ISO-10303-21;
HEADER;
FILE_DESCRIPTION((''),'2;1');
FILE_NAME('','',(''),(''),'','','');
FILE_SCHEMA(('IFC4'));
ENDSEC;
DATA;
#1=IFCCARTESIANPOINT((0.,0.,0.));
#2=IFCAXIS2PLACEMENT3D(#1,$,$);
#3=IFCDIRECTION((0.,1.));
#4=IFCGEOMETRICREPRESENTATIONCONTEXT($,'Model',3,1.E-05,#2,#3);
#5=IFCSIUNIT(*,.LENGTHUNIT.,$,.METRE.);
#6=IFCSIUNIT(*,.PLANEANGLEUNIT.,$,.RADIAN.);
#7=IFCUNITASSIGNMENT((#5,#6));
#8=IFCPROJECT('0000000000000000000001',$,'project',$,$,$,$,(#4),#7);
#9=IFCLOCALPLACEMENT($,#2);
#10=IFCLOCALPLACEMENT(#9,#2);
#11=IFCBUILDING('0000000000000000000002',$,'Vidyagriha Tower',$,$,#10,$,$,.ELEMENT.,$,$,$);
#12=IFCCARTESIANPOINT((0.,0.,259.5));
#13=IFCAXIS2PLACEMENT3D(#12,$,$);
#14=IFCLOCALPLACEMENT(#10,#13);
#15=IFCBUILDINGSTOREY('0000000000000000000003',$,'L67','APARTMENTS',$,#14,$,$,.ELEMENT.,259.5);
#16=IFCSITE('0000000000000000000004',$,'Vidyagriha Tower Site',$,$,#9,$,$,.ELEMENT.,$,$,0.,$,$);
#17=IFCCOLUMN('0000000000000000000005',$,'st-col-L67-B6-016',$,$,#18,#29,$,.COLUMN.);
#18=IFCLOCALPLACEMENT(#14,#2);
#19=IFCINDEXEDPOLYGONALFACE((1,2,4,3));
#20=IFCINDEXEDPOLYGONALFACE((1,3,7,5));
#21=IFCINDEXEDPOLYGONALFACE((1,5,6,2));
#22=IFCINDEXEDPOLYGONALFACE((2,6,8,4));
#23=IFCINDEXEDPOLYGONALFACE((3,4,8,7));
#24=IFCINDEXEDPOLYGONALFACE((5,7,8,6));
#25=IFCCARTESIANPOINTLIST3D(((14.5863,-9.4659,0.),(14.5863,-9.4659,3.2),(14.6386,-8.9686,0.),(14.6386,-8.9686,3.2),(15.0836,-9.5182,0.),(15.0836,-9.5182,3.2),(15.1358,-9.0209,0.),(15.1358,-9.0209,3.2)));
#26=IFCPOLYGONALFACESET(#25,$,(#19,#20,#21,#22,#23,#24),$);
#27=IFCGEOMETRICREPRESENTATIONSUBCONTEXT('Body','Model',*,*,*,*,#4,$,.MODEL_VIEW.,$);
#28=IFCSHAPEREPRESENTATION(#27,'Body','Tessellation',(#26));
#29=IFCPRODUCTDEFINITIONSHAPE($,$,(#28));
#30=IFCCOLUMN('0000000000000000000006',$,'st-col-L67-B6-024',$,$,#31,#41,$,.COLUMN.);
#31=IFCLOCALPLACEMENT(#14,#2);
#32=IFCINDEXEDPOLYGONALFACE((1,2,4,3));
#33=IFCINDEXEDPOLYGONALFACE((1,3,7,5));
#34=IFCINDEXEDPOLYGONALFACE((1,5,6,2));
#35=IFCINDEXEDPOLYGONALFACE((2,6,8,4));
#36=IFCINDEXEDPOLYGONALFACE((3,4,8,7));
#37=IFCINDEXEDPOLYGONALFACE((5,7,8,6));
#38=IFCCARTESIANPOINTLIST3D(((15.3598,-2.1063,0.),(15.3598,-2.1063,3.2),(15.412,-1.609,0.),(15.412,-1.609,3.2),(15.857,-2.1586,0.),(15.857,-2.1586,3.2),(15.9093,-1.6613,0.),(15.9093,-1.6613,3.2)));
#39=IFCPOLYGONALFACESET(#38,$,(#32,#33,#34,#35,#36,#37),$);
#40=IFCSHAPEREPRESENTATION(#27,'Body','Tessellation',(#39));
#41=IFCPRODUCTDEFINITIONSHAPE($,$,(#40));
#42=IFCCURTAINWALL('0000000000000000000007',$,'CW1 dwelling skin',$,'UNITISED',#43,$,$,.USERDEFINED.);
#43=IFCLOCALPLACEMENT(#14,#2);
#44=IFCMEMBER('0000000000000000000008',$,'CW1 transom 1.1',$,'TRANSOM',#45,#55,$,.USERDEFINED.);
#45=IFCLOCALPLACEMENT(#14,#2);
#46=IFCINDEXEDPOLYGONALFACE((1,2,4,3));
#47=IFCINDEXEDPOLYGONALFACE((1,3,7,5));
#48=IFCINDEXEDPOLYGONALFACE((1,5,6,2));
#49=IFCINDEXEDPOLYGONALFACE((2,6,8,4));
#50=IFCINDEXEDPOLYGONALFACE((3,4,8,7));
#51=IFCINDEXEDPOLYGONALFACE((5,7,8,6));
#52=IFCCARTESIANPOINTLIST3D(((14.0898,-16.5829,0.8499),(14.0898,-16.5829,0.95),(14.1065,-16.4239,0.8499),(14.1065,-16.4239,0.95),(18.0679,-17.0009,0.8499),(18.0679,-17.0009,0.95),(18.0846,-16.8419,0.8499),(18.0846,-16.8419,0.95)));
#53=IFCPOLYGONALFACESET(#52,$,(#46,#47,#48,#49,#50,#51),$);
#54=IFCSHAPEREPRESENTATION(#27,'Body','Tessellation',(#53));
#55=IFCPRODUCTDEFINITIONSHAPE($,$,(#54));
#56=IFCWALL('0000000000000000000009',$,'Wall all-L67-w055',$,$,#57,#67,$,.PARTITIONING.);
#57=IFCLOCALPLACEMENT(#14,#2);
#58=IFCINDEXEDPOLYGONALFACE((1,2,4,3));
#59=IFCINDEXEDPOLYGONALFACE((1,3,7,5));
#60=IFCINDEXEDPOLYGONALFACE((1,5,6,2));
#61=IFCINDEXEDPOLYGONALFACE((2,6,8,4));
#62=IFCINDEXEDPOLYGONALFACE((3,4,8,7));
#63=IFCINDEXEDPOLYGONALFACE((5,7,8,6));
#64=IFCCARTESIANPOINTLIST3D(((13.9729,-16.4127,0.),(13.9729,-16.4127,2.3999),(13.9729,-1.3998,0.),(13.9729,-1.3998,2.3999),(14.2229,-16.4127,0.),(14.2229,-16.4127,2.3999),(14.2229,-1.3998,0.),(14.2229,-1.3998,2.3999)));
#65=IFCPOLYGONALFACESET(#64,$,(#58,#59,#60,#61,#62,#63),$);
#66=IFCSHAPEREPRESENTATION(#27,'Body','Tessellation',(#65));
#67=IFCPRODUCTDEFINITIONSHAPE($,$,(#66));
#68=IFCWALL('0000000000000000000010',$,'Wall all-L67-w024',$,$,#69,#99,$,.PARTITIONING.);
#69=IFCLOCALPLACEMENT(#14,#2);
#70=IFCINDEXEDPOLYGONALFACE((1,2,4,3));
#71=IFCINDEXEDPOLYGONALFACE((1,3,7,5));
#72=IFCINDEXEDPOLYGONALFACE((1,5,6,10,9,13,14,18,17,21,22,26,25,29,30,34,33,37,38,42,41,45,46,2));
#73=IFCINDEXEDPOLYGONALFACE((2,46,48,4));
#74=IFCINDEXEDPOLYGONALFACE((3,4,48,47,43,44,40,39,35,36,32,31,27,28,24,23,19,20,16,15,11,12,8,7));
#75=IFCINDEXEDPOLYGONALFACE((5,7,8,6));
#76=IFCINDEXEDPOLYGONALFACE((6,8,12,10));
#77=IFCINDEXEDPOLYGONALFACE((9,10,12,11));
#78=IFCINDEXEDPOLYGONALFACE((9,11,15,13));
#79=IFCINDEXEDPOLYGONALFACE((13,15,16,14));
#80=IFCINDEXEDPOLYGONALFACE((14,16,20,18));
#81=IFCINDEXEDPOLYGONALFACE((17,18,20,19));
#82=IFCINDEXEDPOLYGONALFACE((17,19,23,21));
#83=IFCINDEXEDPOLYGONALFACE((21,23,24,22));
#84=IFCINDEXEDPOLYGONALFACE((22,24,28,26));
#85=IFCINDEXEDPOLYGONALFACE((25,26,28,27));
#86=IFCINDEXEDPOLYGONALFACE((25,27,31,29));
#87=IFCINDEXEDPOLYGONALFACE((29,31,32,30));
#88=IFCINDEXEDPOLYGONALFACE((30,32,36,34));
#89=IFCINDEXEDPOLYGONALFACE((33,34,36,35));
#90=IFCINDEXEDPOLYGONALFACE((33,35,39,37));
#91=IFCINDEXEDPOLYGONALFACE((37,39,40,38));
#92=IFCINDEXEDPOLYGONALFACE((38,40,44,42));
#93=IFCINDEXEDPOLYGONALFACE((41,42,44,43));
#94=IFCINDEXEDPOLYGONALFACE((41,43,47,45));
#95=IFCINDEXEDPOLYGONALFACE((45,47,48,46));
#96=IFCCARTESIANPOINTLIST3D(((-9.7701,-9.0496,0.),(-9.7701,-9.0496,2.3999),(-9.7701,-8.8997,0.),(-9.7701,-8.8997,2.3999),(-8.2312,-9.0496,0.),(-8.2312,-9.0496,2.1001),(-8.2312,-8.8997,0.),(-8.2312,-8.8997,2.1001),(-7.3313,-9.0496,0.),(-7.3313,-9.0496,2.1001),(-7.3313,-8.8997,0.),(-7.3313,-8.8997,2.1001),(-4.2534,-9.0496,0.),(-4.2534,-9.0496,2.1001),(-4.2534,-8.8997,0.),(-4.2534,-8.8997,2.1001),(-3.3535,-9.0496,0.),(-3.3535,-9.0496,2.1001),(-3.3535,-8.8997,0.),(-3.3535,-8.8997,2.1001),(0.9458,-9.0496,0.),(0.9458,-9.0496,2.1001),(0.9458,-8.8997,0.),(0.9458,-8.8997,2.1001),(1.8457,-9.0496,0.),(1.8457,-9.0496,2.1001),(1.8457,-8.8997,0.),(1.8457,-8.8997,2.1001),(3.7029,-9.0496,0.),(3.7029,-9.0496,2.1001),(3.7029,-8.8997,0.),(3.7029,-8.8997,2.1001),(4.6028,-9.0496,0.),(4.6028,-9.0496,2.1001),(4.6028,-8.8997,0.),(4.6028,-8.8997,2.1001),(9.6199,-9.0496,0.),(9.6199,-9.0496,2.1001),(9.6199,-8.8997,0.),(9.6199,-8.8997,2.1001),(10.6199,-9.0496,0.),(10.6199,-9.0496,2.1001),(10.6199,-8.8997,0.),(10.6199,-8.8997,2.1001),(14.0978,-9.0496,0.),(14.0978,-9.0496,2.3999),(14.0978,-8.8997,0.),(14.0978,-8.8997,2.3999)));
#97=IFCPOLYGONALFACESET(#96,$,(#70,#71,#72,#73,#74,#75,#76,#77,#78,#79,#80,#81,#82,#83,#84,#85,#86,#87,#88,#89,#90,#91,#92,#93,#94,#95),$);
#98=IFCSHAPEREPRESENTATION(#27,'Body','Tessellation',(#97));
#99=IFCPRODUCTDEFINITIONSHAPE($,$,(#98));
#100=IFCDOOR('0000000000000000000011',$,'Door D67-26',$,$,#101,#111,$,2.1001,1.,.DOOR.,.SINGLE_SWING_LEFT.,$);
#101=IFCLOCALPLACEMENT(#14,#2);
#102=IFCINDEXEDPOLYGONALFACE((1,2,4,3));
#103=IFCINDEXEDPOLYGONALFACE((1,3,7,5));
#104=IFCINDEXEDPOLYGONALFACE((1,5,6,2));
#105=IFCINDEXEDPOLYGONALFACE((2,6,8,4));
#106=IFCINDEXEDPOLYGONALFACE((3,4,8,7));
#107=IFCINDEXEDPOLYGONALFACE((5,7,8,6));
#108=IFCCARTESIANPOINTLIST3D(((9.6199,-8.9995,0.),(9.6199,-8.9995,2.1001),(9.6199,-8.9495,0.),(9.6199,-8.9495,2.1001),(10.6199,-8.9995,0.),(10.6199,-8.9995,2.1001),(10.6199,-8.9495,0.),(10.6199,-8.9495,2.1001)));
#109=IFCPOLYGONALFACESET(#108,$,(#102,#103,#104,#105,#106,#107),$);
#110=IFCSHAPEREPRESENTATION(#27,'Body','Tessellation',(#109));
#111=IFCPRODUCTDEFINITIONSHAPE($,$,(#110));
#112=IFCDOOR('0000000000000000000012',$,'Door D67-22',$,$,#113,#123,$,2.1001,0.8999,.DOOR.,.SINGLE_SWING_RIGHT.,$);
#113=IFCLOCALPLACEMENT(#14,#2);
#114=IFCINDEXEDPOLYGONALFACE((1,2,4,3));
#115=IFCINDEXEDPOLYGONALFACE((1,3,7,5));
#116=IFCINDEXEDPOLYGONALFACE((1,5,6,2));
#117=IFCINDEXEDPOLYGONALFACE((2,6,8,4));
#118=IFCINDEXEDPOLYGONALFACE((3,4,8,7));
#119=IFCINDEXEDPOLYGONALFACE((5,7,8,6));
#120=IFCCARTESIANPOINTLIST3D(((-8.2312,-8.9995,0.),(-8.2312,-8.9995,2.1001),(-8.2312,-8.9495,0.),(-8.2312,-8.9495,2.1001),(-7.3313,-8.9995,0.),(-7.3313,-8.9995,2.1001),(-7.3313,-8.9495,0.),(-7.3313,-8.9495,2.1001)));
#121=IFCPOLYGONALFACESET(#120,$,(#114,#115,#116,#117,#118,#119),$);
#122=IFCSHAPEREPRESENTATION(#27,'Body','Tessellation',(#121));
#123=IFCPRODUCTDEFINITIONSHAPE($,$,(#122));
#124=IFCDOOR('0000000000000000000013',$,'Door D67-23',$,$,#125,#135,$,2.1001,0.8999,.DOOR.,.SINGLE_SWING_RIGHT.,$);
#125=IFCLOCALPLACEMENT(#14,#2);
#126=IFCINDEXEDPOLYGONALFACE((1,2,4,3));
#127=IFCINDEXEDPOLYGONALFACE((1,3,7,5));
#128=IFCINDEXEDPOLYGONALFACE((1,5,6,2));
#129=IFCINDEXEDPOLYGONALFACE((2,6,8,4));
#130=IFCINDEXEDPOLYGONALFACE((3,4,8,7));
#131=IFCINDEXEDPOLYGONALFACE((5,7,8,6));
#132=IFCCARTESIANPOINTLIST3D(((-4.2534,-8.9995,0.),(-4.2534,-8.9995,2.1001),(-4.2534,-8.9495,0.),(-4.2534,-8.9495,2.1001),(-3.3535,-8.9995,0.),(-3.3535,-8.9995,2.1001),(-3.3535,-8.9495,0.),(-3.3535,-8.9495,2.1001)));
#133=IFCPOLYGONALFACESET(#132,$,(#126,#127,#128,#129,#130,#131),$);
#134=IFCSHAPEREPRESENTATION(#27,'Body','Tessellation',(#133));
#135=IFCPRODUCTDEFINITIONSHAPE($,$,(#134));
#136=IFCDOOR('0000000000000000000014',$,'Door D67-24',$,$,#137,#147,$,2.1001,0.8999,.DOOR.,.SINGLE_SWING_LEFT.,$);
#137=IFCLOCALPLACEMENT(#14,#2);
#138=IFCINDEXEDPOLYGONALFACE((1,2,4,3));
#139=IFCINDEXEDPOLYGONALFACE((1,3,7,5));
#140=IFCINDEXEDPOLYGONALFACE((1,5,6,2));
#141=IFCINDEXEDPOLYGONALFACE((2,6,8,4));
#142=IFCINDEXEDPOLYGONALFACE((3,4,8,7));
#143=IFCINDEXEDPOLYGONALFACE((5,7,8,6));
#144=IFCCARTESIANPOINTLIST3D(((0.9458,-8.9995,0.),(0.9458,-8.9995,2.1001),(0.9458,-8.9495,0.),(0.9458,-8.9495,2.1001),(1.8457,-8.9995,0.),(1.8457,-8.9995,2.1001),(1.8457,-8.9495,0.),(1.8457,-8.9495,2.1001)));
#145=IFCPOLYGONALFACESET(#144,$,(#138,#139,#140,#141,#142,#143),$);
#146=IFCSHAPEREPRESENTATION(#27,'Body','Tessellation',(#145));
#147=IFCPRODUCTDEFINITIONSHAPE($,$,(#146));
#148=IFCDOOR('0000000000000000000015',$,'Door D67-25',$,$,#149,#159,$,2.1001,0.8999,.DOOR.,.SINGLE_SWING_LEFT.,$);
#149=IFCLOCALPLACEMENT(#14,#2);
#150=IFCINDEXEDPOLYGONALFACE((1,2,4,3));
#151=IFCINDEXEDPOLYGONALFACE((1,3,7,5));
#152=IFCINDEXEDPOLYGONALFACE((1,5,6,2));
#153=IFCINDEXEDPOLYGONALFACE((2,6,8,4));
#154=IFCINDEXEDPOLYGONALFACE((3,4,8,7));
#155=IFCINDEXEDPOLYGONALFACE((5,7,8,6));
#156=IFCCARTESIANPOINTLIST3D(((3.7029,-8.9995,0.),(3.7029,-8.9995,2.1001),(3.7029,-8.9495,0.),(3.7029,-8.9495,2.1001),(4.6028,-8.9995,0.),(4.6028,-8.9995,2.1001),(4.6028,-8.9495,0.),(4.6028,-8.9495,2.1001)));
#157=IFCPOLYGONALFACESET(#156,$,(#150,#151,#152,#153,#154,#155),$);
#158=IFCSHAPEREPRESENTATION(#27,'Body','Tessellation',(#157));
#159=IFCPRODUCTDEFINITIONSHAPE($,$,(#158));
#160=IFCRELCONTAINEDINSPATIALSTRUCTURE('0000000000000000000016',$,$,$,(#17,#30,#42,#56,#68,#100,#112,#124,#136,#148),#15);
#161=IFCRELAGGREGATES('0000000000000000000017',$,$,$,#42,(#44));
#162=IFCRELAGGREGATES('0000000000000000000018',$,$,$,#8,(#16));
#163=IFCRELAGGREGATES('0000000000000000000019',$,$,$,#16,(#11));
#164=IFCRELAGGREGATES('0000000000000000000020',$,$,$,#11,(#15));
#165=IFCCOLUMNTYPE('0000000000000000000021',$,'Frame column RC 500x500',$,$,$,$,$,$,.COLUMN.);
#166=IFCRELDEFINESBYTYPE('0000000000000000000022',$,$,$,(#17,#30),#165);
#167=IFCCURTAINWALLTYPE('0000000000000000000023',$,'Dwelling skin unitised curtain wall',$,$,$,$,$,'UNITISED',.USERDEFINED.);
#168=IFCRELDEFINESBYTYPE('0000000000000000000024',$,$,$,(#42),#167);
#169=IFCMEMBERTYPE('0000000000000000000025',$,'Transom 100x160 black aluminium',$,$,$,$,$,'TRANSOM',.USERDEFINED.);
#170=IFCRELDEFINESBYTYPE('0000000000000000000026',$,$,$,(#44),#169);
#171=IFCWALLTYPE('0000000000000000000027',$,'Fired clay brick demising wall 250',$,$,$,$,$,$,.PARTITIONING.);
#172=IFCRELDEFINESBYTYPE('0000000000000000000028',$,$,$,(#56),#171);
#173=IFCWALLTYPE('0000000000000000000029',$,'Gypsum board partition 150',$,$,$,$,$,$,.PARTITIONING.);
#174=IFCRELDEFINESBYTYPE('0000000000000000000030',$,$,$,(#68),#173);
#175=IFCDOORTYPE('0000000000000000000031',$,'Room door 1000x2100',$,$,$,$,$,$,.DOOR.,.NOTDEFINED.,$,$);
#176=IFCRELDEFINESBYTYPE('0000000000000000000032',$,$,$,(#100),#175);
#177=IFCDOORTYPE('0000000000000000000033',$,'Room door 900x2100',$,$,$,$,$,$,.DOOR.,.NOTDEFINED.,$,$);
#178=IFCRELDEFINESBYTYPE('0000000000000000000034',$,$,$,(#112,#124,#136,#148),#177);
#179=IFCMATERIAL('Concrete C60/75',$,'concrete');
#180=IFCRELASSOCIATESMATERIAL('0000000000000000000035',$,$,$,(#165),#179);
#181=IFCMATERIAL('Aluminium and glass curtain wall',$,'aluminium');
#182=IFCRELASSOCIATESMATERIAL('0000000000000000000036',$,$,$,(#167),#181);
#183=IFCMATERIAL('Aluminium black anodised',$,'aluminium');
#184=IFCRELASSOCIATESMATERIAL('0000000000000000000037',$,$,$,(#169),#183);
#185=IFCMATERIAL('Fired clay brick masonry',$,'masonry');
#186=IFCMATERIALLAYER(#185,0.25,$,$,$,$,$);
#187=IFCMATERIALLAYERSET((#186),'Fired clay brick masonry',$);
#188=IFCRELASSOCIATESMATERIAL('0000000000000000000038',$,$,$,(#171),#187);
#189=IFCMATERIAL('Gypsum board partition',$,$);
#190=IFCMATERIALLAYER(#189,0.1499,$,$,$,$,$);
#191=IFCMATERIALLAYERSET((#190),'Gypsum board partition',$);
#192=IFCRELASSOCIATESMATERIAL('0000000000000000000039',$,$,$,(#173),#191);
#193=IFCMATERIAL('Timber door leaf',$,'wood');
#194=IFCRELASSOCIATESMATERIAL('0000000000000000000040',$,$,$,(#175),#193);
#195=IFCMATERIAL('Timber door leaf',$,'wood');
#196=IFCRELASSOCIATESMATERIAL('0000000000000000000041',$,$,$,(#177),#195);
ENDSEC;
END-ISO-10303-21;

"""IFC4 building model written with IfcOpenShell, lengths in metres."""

from ifc_helpers import new_model, si_unit, direction, frame, frame_2d, origin, origin_2d, place, context, subcontext, project, spatial, rectangle, extrude, material, layer, layer_set, material_profile, profile_set, type_object, element, fill, aggregate, save


model = new_model("IFC4")

# Units and contexts
model_context = context("Model", 3, precision=1e-05, world=origin(), true_north=direction((0.0, 1.0)))
body_context = subcontext(model_context, "Body", "Model", "MODEL_VIEW")
ifc_project = project(units=[si_unit("LENGTHUNIT", "METRE"), si_unit("PLANEANGLEUNIT", "RADIAN")], contexts=[model_context])

# Site, building, storey
site_placement = place(None, origin())
site = spatial("IfcSite", under=ifc_project, at=site_placement, Name="Vidyagriha Tower Site", CompositionType="ELEMENT", RefElevation=0.0)
building_placement = place(site_placement, origin())
building = spatial("IfcBuilding", under=site, at=building_placement, Name="Vidyagriha Tower", CompositionType="ELEMENT")
storey_placement = place(building_placement, frame((0.0, 0.0, 259.5)))
storey = spatial("IfcBuildingStorey", under=building, at=storey_placement, Name="L67", Description="APARTMENTS", CompositionType="ELEMENT", Elevation=259.5)

# Columns
ifc_material_1 = material(Name="Concrete C60/75", Category="concrete")
ifc_material_profile_1 = material_profile(ifc_material_1, rectangle(XDim=0.5, YDim=0.5, at=origin_2d()), Name="RC 500x500")
ifc_profile_set_1 = profile_set([ifc_material_profile_1], Name="Concrete C60/75")
column_type = type_object("IfcColumnType", Name="Frame column RC 500x500", PredefinedType="COLUMN", material=ifc_profile_set_1)
for number, where, z_axis, x_axis, name in (
    (1, (14.8611, -9.2434, 0.0), (0.0, 0.0, 1.0), (0.994522, -0.104528, 0.0), "st-col-L67-B6-016"),
    (2, (15.6345, -1.8838, 0.0), (0.0, 0.0, 1.0), (0.994522, -0.104528, 0.0), "st-col-L67-B6-024"),
):
    element("IfcColumn", number, at=place(storey_placement, frame(where, z_axis=z_axis, x_axis=x_axis)), inside=storey, type_object=column_type, Name=name, PredefinedType="COLUMN", context=body_context, shape_type="SweptSolid", body=[
        extrude(rectangle(XDim=0.5, YDim=0.5, at=origin_2d()), origin(), (0.0, 0.0, 1.0), 3.2),
    ])

# Curtain wall, member
ifc_material_2 = material(Name="Aluminium and glass curtain wall", Category="aluminium")
curtain_wall_type = type_object("IfcCurtainWallType", Name="Dwelling skin unitised curtain wall", ElementType="UNITISED", PredefinedType="USERDEFINED", material=ifc_material_2)
curtain_wall_placement = place(storey_placement, origin())
curtain_wall = element("IfcCurtainWall", 3, at=curtain_wall_placement, inside=storey, type_object=curtain_wall_type, Name="CW1 dwelling skin", ObjectType="UNITISED", PredefinedType="USERDEFINED")
ifc_material_3 = material(Name="Aluminium black anodised", Category="aluminium")
ifc_material_profile_2 = material_profile(ifc_material_3, rectangle(XDim=0.1599, YDim=0.1001, at=origin_2d()), Name="Transom 100x160 black aluminium")
ifc_profile_set_2 = profile_set([ifc_material_profile_2], Name="Aluminium black anodised")
member_type = type_object("IfcMemberType", Name="Transom 100x160 black aluminium", ElementType="TRANSOM", PredefinedType="USERDEFINED", material=ifc_profile_set_2)
member_placement = place(storey_placement, frame((14.0981, -16.5034, 0.8999), z_axis=(0.994526, -0.104494, 0.0), x_axis=(0.104494, 0.994526, 0.0)))
member = element("IfcMember", 4, at=member_placement, type_object=member_type, Name="CW1 transom 1.1", ObjectType="TRANSOM", PredefinedType="USERDEFINED", context=body_context, shape_type="SweptSolid", body=[
    extrude(rectangle(XDim=0.1599, YDim=0.1001, at=origin_2d()), origin(), (0.0, 0.0, 1.0), 4.0),
])
aggregate(curtain_wall, [member])

# Wall
ifc_material_4 = material(Name="Fired clay brick masonry", Category="masonry")
ifc_layer_1 = layer(ifc_material_4, 0.25)
ifc_layer_set_1 = layer_set([ifc_layer_1], Name="Fired clay brick masonry")
wall_type_1 = type_object("IfcWallType", Name="Fired clay brick demising wall 250", PredefinedType="PARTITIONING", material=ifc_layer_set_1)
wall_1_placement = place(storey_placement, frame((14.0979, -1.3999, 0.0), z_axis=(0.0, 0.0, 1.0), x_axis=(0.0, -1.0, 0.0)))
element("IfcWall", 5, at=wall_1_placement, inside=storey, type_object=wall_type_1, Name="Wall all-L67-w055", PredefinedType="PARTITIONING", context=body_context, shape_type="SweptSolid", body=[
    extrude(rectangle(XDim=15.0129, YDim=0.25, at=frame_2d((7.5063, 0.0))), origin(), (0.0, 0.0, 1.0), 2.3999),
])

# Wall, openings, doors
ifc_material_5 = material(Name="Gypsum board partition")
ifc_layer_2 = layer(ifc_material_5, 0.1499)
ifc_layer_set_2 = layer_set([ifc_layer_2], Name="Gypsum board partition")
wall_type_2 = type_object("IfcWallType", Name="Gypsum board partition 150", PredefinedType="PARTITIONING", material=ifc_layer_set_2)
wall_2_placement = place(storey_placement, frame((14.0979, -8.9746, 0.0), z_axis=(0.0, 0.0, 1.0), x_axis=(-1.0, 0.0, 0.0)))
wall_2 = element("IfcWall", 6, at=wall_2_placement, inside=storey, type_object=wall_type_2, Name="Wall all-L67-w024", PredefinedType="PARTITIONING", context=body_context, shape_type="SweptSolid", body=[
    extrude(rectangle(XDim=23.8679, YDim=0.1499, at=frame_2d((11.9341, 0.0))), origin(), (0.0, 0.0, 1.0), 2.3999),
])
opening_1_placement = place(wall_2_placement, frame((21.4292, 0.0, 0.0)))
opening_1 = element("IfcOpeningElement", 7, at=opening_1_placement, cuts=wall_2, PredefinedType="OPENING", context=body_context, shape_type="SweptSolid", body=[
    extrude(rectangle(XDim=0.8999, YDim=2.1001, at=frame_2d((0.45, 1.05))), frame((0.0, 0.085, 0.0), z_axis=(0.0, -1.0, 0.0), x_axis=(1.0, 0.0, 0.0)), (0.0, 0.0, 1.0), 0.1699),
])
opening_2_placement = place(wall_2_placement, frame((17.4514, 0.0, 0.0)))
opening_2 = element("IfcOpeningElement", 8, at=opening_2_placement, cuts=wall_2, PredefinedType="OPENING", context=body_context, shape_type="SweptSolid", body=[
    extrude(rectangle(XDim=0.8999, YDim=2.1001, at=frame_2d((0.45, 1.05))), frame((0.0, 0.085, 0.0), z_axis=(0.0, -1.0, 0.0), x_axis=(1.0, 0.0, 0.0)), (0.0, 0.0, 1.0), 0.1699),
])
opening_3_placement = place(wall_2_placement, frame((12.2522, 0.0, 0.0)))
opening_3 = element("IfcOpeningElement", 9, at=opening_3_placement, cuts=wall_2, PredefinedType="OPENING", context=body_context, shape_type="SweptSolid", body=[
    extrude(rectangle(XDim=0.8999, YDim=2.1001, at=frame_2d((0.45, 1.05))), frame((0.0, 0.085, 0.0), z_axis=(0.0, -1.0, 0.0), x_axis=(1.0, 0.0, 0.0)), (0.0, 0.0, 1.0), 0.1699),
])
opening_4_placement = place(wall_2_placement, frame((9.4951, 0.0, 0.0)))
opening_4 = element("IfcOpeningElement", 10, at=opening_4_placement, cuts=wall_2, PredefinedType="OPENING", context=body_context, shape_type="SweptSolid", body=[
    extrude(rectangle(XDim=0.8999, YDim=2.1001, at=frame_2d((0.45, 1.05))), frame((0.0, 0.085, 0.0), z_axis=(0.0, -1.0, 0.0), x_axis=(1.0, 0.0, 0.0)), (0.0, 0.0, 1.0), 0.1699),
])
opening_5_placement = place(wall_2_placement, frame((3.478, 0.0, 0.0)))
opening_5 = element("IfcOpeningElement", 11, at=opening_5_placement, cuts=wall_2, PredefinedType="OPENING", context=body_context, shape_type="SweptSolid", body=[
    extrude(rectangle(XDim=1.0, YDim=2.1001, at=frame_2d((0.5, 1.05))), frame((0.0, 0.085, 0.0), z_axis=(0.0, -1.0, 0.0), x_axis=(1.0, 0.0, 0.0)), (0.0, 0.0, 1.0), 0.1699),
])
ifc_material_6 = material(Name="Timber door leaf", Category="wood")
door_type_1 = type_object("IfcDoorType", Name="Room door 1000x2100", OperationType="NOTDEFINED", PredefinedType="DOOR", material=ifc_material_6)
door_1_placement = place(opening_5_placement, origin())
door_1 = element("IfcDoor", 12, at=door_1_placement, inside=storey, type_object=door_type_1, Name="Door D67-26", OperationType="SINGLE_SWING_LEFT", OverallHeight=2.1001, OverallWidth=1.0, PredefinedType="DOOR", context=body_context, shape_type="SweptSolid", body=[
    extrude(rectangle(XDim=1.0, YDim=2.1001, at=frame_2d((0.5, 1.05))), frame((0.0, 0.0249, 0.0), z_axis=(0.0, -1.0, 0.0), x_axis=(1.0, 0.0, 0.0)), (0.0, 0.0, 1.0), 0.05),
])
fill(opening_5, door_1)
ifc_material_7 = material(Name="Timber door leaf", Category="wood")
door_type_2 = type_object("IfcDoorType", Name="Room door 900x2100", OperationType="NOTDEFINED", PredefinedType="DOOR", material=ifc_material_7)
door_2_placement = place(opening_1_placement, origin())
door_2 = element("IfcDoor", 13, at=door_2_placement, inside=storey, type_object=door_type_2, Name="Door D67-22", OperationType="SINGLE_SWING_RIGHT", OverallHeight=2.1001, OverallWidth=0.8999, PredefinedType="DOOR", context=body_context, shape_type="SweptSolid", body=[
    extrude(rectangle(XDim=0.8999, YDim=2.1001, at=frame_2d((0.45, 1.05))), frame((0.0, 0.0249, 0.0), z_axis=(0.0, -1.0, 0.0), x_axis=(1.0, 0.0, 0.0)), (0.0, 0.0, 1.0), 0.05),
])
fill(opening_1, door_2)
door_3_placement = place(opening_2_placement, origin())
door_3 = element("IfcDoor", 14, at=door_3_placement, inside=storey, type_object=door_type_2, Name="Door D67-23", OperationType="SINGLE_SWING_RIGHT", OverallHeight=2.1001, OverallWidth=0.8999, PredefinedType="DOOR", context=body_context, shape_type="SweptSolid", body=[
    extrude(rectangle(XDim=0.8999, YDim=2.1001, at=frame_2d((0.45, 1.05))), frame((0.0, 0.0249, 0.0), z_axis=(0.0, -1.0, 0.0), x_axis=(1.0, 0.0, 0.0)), (0.0, 0.0, 1.0), 0.05),
])
fill(opening_2, door_3)
door_4_placement = place(opening_3_placement, origin())
door_4 = element("IfcDoor", 15, at=door_4_placement, inside=storey, type_object=door_type_2, Name="Door D67-24", OperationType="SINGLE_SWING_LEFT", OverallHeight=2.1001, OverallWidth=0.8999, PredefinedType="DOOR", context=body_context, shape_type="SweptSolid", body=[
    extrude(rectangle(XDim=0.8999, YDim=2.1001, at=frame_2d((0.45, 1.05))), frame((0.0, 0.0249, 0.0), z_axis=(0.0, -1.0, 0.0), x_axis=(1.0, 0.0, 0.0)), (0.0, 0.0, 1.0), 0.05),
])
fill(opening_3, door_4)
door_5_placement = place(opening_4_placement, origin())
door_5 = element("IfcDoor", 16, at=door_5_placement, inside=storey, type_object=door_type_2, Name="Door D67-25", OperationType="SINGLE_SWING_LEFT", OverallHeight=2.1001, OverallWidth=0.8999, PredefinedType="DOOR", context=body_context, shape_type="SweptSolid", body=[
    extrude(rectangle(XDim=0.8999, YDim=2.1001, at=frame_2d((0.45, 1.05))), frame((0.0, 0.0249, 0.0), z_axis=(0.0, -1.0, 0.0), x_axis=(1.0, 0.0, 0.0)), (0.0, 0.0, 1.0), 0.05),
])
fill(opening_4, door_5)

save(model, "model.ifc")
